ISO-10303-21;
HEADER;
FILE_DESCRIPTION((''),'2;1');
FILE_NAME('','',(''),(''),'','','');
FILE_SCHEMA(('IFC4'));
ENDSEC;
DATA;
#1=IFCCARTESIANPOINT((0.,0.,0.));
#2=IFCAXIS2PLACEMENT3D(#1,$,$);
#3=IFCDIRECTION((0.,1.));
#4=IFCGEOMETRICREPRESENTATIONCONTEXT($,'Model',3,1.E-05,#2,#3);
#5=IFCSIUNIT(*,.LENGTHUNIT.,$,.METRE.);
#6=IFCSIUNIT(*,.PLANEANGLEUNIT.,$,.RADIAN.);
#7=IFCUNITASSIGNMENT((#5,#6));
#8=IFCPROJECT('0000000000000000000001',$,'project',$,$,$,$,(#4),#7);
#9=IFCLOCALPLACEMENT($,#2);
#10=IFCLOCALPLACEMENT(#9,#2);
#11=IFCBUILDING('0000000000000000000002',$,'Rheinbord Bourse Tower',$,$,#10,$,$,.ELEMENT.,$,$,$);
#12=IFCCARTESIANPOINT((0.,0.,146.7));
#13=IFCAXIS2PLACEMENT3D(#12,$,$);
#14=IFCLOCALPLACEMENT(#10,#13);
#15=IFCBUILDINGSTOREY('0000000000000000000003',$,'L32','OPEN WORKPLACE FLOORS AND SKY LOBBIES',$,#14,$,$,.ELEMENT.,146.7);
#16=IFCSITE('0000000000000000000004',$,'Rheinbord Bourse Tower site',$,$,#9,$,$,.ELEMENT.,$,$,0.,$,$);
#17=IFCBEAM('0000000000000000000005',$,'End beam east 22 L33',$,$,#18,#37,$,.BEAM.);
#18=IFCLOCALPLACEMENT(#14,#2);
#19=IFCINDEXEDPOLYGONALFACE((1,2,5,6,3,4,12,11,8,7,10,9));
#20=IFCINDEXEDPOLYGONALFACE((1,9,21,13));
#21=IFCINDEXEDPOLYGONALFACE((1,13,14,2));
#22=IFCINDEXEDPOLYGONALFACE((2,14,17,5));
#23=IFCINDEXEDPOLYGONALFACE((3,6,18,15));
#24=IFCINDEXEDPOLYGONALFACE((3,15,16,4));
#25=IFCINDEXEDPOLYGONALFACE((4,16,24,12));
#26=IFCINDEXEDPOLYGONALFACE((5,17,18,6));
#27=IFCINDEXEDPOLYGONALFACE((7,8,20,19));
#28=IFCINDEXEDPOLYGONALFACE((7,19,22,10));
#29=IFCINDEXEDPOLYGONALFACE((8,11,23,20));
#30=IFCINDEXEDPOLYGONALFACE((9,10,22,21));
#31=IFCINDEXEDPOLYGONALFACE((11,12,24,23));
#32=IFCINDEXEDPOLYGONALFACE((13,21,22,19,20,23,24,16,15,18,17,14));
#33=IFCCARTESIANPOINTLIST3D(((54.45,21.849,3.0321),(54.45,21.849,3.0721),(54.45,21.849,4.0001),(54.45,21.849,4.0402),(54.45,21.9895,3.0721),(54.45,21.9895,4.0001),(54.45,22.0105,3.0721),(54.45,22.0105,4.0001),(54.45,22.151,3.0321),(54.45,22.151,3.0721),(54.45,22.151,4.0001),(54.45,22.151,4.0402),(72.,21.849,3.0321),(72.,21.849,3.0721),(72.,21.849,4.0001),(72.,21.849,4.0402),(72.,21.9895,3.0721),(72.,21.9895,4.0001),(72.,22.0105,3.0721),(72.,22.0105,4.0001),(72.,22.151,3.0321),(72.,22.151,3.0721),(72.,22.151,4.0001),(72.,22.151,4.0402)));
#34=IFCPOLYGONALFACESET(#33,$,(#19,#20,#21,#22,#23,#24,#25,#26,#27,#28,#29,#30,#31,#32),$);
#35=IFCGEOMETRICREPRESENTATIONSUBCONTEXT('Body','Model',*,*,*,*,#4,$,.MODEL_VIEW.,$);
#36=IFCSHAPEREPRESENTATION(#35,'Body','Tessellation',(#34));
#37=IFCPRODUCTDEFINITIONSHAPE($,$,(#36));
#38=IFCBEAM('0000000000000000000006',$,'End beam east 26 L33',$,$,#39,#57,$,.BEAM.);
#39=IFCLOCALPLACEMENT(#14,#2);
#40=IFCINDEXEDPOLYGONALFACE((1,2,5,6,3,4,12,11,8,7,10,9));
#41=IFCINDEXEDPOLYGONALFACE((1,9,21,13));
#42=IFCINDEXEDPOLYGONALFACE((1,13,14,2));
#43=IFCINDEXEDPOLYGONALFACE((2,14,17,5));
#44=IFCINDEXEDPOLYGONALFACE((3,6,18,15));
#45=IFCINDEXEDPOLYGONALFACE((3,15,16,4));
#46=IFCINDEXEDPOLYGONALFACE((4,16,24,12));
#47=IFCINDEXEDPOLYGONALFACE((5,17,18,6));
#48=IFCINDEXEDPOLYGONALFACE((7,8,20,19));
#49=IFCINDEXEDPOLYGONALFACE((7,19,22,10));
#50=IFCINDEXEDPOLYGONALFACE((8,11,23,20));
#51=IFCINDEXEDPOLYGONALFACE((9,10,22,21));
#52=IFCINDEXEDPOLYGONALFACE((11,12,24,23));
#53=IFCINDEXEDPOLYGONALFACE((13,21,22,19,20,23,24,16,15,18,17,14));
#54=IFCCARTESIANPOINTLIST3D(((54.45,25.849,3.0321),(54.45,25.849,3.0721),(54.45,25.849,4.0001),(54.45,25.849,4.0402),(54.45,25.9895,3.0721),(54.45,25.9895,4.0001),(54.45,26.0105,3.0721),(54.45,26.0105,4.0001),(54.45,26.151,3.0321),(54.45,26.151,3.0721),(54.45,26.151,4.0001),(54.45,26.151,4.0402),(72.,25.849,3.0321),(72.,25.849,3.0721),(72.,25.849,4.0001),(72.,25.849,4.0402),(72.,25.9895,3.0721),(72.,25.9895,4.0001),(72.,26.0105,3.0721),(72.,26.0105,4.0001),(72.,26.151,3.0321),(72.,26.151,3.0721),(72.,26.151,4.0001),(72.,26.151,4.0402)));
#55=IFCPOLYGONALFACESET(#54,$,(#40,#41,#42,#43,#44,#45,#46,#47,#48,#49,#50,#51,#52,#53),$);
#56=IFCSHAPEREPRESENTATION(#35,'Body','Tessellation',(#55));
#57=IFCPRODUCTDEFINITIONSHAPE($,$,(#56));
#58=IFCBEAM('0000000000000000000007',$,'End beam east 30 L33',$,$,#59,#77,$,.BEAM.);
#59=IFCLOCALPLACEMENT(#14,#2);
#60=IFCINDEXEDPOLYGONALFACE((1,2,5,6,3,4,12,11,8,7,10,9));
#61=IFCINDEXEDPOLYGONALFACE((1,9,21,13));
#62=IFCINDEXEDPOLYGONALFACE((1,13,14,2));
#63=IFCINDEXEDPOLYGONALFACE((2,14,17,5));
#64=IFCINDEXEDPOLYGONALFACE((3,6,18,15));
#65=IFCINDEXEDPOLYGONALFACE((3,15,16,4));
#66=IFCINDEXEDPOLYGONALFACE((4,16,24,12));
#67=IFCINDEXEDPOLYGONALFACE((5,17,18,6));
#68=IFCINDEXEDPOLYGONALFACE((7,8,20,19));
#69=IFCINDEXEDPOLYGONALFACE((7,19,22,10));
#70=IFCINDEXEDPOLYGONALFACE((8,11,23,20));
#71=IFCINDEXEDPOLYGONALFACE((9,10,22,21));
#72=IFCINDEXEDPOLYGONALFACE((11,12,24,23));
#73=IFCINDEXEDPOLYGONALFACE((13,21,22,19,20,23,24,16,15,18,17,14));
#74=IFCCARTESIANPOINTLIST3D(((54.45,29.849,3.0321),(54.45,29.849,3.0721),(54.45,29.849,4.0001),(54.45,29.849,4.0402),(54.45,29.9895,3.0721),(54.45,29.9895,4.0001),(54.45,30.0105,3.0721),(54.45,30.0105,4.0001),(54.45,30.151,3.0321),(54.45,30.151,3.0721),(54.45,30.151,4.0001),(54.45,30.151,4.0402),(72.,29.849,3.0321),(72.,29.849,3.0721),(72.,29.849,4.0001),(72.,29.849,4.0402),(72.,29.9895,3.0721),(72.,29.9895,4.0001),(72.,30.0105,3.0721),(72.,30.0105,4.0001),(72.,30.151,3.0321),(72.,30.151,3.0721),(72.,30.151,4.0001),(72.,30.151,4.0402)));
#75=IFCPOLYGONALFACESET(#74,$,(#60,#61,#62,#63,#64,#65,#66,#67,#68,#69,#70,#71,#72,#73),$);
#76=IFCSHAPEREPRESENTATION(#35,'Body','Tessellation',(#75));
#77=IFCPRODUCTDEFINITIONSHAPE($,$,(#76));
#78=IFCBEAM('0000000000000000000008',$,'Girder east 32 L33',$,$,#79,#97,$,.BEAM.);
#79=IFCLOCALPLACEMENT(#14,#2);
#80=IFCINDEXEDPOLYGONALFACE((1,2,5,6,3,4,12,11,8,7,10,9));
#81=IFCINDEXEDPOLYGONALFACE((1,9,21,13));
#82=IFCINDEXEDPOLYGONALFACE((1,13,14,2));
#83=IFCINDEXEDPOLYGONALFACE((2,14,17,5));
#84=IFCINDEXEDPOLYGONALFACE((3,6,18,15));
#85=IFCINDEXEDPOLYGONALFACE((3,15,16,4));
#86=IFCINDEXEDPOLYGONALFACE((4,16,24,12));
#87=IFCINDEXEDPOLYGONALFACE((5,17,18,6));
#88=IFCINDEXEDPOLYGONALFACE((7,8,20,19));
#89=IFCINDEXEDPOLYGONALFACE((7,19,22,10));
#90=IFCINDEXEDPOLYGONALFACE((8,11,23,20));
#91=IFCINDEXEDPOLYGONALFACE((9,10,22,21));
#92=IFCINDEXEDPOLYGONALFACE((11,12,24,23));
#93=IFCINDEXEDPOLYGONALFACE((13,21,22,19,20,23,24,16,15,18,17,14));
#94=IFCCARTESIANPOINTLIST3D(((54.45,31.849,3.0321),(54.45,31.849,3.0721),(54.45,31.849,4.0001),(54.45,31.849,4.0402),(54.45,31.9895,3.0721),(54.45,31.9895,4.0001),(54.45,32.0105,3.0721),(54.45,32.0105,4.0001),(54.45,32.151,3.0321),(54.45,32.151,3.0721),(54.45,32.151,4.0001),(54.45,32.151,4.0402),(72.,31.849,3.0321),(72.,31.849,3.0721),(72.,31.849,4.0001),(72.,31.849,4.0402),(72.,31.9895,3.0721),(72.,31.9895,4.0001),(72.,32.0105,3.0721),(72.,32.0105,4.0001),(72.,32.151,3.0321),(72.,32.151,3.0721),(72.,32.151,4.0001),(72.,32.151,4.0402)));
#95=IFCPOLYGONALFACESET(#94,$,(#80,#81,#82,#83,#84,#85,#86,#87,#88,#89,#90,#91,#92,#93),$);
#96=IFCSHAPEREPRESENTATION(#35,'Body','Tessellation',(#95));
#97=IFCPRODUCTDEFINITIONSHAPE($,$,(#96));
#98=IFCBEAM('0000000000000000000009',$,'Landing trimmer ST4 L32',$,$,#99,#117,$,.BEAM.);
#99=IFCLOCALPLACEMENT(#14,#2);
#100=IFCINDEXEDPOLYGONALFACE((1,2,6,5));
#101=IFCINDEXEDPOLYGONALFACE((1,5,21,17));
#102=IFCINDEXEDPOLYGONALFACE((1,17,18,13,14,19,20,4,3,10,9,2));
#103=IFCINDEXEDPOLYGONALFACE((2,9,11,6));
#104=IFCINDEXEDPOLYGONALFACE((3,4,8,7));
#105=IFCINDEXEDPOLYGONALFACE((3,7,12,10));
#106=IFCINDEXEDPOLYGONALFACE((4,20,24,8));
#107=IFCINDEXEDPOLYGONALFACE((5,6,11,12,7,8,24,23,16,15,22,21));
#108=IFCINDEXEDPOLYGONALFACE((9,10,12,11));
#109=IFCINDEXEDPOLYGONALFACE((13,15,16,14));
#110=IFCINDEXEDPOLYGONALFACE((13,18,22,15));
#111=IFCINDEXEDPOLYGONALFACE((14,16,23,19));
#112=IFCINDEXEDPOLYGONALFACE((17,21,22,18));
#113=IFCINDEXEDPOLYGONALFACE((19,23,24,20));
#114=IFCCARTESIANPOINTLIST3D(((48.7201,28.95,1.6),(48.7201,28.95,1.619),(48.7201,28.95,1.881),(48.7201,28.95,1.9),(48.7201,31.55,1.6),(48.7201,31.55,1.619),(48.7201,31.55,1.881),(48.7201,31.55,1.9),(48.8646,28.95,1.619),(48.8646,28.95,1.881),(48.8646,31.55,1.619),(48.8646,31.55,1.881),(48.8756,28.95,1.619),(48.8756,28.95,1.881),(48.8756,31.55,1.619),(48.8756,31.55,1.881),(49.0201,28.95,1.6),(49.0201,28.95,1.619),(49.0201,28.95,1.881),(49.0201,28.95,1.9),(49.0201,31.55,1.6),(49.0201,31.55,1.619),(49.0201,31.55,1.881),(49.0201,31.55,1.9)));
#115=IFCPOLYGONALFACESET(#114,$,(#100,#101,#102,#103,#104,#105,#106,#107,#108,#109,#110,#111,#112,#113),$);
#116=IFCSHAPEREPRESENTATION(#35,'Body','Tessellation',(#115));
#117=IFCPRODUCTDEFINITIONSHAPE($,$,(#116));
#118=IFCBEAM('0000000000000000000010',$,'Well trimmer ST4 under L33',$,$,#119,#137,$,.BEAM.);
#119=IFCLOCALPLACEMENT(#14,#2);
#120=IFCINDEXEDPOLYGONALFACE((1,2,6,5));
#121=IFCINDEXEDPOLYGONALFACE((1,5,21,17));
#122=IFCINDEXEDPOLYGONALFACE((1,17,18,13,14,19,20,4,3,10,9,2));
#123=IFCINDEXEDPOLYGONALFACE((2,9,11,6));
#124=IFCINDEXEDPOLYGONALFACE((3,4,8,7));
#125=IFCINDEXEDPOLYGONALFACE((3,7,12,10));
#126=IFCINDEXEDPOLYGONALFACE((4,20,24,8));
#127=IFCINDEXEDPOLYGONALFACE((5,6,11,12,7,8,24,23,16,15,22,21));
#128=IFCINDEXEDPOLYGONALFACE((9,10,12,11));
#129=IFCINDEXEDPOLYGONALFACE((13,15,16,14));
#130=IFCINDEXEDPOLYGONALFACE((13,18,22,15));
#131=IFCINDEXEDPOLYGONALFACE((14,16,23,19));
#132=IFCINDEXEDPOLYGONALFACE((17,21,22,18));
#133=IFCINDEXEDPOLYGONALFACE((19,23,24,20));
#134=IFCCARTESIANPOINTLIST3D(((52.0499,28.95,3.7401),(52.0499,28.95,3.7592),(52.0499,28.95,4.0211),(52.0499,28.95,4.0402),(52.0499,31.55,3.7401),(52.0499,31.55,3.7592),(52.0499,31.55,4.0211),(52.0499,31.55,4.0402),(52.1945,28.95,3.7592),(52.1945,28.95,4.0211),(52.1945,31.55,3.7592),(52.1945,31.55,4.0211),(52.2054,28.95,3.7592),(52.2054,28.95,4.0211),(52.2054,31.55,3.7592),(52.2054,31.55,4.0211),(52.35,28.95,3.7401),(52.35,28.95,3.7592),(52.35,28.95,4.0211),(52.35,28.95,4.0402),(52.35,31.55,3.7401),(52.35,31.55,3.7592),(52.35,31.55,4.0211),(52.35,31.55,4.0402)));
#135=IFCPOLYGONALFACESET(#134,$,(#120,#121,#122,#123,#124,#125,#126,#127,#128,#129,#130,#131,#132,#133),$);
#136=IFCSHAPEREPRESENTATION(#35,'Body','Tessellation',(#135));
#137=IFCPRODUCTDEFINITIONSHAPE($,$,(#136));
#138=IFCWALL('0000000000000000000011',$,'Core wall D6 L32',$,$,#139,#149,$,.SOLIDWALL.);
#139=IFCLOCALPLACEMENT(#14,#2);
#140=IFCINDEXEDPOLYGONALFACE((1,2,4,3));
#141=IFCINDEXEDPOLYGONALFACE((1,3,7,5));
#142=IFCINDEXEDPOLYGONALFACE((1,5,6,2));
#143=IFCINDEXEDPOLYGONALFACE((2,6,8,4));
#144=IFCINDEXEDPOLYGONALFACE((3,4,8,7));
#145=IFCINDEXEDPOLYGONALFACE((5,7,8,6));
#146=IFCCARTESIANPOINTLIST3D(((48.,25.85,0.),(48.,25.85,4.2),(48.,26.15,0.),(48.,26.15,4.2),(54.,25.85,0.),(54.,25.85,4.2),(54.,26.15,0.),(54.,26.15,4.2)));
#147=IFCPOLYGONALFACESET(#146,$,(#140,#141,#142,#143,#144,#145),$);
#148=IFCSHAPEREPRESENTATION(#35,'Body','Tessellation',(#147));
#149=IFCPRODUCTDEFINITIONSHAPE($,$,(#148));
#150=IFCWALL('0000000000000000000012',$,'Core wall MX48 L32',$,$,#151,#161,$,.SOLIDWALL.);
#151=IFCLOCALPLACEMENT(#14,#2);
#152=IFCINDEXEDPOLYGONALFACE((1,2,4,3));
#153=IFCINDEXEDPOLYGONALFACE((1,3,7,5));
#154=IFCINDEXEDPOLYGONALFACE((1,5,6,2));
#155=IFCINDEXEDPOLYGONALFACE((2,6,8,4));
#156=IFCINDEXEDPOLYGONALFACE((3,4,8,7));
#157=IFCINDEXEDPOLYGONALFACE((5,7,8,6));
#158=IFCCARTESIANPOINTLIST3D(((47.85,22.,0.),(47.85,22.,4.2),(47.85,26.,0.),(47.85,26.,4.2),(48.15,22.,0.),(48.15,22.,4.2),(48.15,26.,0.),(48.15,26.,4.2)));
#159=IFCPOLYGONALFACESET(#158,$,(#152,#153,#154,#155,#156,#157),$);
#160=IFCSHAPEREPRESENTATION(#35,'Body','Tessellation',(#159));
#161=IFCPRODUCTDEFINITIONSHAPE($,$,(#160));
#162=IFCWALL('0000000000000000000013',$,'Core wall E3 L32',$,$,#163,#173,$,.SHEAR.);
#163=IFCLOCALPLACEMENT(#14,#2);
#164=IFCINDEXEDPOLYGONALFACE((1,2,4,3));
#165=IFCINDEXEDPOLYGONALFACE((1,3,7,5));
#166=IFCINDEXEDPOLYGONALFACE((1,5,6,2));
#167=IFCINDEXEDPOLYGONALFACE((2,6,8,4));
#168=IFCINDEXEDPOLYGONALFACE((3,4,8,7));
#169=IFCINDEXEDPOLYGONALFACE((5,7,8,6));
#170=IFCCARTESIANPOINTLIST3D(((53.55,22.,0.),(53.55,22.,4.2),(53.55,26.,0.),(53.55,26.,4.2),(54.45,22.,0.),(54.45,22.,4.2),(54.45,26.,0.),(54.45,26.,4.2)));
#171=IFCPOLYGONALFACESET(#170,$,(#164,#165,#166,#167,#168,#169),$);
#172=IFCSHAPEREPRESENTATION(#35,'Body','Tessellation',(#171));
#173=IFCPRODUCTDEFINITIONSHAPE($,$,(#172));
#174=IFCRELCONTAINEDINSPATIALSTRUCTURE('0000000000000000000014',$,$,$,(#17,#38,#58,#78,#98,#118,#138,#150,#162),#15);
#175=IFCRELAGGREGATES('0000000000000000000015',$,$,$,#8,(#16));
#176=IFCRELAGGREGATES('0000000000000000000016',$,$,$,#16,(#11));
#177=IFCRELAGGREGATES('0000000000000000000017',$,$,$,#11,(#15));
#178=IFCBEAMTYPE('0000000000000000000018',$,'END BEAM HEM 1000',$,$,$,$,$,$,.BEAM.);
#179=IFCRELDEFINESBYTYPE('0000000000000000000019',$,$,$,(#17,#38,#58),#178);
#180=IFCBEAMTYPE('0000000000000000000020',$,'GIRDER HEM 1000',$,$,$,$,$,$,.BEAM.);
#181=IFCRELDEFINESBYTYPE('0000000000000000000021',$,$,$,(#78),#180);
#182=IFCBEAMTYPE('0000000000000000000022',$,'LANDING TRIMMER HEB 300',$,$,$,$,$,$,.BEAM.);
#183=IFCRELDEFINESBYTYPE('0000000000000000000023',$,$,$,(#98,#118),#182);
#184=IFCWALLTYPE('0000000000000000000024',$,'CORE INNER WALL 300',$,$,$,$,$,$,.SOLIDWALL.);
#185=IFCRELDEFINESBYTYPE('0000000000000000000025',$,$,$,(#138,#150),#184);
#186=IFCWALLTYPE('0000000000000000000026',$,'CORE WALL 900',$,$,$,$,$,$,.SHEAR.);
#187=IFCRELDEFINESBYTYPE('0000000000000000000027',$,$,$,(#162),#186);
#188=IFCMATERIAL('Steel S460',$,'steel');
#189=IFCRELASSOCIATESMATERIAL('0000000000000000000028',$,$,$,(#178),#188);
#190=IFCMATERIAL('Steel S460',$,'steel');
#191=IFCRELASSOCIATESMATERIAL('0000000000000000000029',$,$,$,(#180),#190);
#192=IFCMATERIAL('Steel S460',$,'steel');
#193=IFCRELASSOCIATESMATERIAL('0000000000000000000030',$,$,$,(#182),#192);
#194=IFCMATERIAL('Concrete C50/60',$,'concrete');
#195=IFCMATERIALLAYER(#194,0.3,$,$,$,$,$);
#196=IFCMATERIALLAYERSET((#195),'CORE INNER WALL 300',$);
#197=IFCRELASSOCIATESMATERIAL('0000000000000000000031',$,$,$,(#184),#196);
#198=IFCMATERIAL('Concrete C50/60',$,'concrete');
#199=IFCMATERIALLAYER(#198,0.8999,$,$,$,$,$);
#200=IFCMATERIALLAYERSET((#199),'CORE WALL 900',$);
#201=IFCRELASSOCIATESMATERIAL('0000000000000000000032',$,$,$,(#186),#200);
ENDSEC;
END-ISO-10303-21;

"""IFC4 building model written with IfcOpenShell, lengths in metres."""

from ifc_helpers import new_model, si_unit, direction, frame, frame_2d, origin, origin_2d, place, context, subcontext, project, spatial, rectangle, i_section, extrude, material, layer, layer_set, material_profile, profile_set, type_object, element, save


model = new_model("IFC4")

# Units and contexts
model_context = context("Model", 3, precision=1e-05, world=origin(), true_north=direction((0.0, 1.0)))
body_context = subcontext(model_context, "Body", "Model", "MODEL_VIEW")
ifc_project = project(units=[si_unit("LENGTHUNIT", "METRE"), si_unit("PLANEANGLEUNIT", "RADIAN")], contexts=[model_context])

# Site, building, storey
site_placement = place(None, origin())
site = spatial("IfcSite", under=ifc_project, at=site_placement, Name="Rheinbord Bourse Tower site", CompositionType="ELEMENT", RefElevation=0.0)
building_placement = place(site_placement, origin())
building = spatial("IfcBuilding", under=site, at=building_placement, Name="Rheinbord Bourse Tower", CompositionType="ELEMENT")
storey_placement = place(building_placement, frame((0.0, 0.0, 146.7)))
storey = spatial("IfcBuildingStorey", under=building, at=storey_placement, Name="L32", Description="OPEN WORKPLACE FLOORS AND SKY LOBBIES", CompositionType="ELEMENT", Elevation=146.7)

# Beams
ifc_material_1 = material(Name="Steel S460", Category="steel")
ifc_material_profile_1 = material_profile(ifc_material_1, i_section(OverallWidth=0.302, OverallDepth=1.0081, WebThickness=0.021, FlangeThickness=0.04, at=origin_2d()), Name="HEM 1000")
ifc_profile_set_1 = profile_set([ifc_material_profile_1], Name="Steel S460")
beam_type_1 = type_object("IfcBeamType", Name="END BEAM HEM 1000", PredefinedType="BEAM", material=ifc_profile_set_1)
for number, where, z_axis, x_axis, name in (
    (1, (54.45, 22.0, 3.5361), (1.0, 0.0, 0.0), (0.0, 1.0, 0.0), "End beam east 22 L33"),
    (2, (54.45, 26.0, 3.5361), (1.0, 0.0, 0.0), (0.0, 1.0, 0.0), "End beam east 26 L33"),
    (3, (54.45, 30.0, 3.5361), (1.0, 0.0, 0.0), (0.0, 1.0, 0.0), "End beam east 30 L33"),
):
    element("IfcBeam", number, at=place(storey_placement, frame(where, z_axis=z_axis, x_axis=x_axis)), inside=storey, type_object=beam_type_1, Name=name, PredefinedType="BEAM", context=body_context, shape_type="SweptSolid", body=[
        extrude(i_section(OverallWidth=0.302, OverallDepth=1.0081, WebThickness=0.021, FlangeThickness=0.04, at=origin_2d()), origin(), (0.0, 0.0, 1.0), 17.55),
    ])
ifc_material_2 = material(Name="Steel S460", Category="steel")
ifc_material_profile_2 = material_profile(ifc_material_2, i_section(OverallWidth=0.302, OverallDepth=1.0081, WebThickness=0.021, FlangeThickness=0.04, at=origin_2d()), Name="HEM 1000")
ifc_profile_set_2 = profile_set([ifc_material_profile_2], Name="Steel S460")
beam_type_2 = type_object("IfcBeamType", Name="GIRDER HEM 1000", PredefinedType="BEAM", material=ifc_profile_set_2)
beam_placement = place(storey_placement, frame((54.45, 32.0, 3.5361), z_axis=(1.0, 0.0, 0.0), x_axis=(0.0, 1.0, 0.0)))
element("IfcBeam", 4, at=beam_placement, inside=storey, type_object=beam_type_2, Name="Girder east 32 L33", PredefinedType="BEAM", context=body_context, shape_type="SweptSolid", body=[
    extrude(i_section(OverallWidth=0.302, OverallDepth=1.0081, WebThickness=0.021, FlangeThickness=0.04, at=origin_2d()), origin(), (0.0, 0.0, 1.0), 17.55),
])
ifc_material_3 = material(Name="Steel S460", Category="steel")
ifc_material_profile_3 = material_profile(ifc_material_3, i_section(OverallWidth=0.3, OverallDepth=0.3, WebThickness=0.011, FlangeThickness=0.019, at=origin_2d()), Name="HEB 300")
ifc_profile_set_3 = profile_set([ifc_material_profile_3], Name="Steel S460")
beam_type_3 = type_object("IfcBeamType", Name="LANDING TRIMMER HEB 300", PredefinedType="BEAM", material=ifc_profile_set_3)
for number, where, z_axis, x_axis, name in (
    (5, (48.8701, 28.95, 1.75), (0.0, 1.0, 0.0), (-1.0, 0.0, 0.0), "Landing trimmer ST4 L32"),
    (6, (52.2, 28.95, 3.8901), (0.0, 1.0, 0.0), (-1.0, 0.0, 0.0), "Well trimmer ST4 under L33"),
):
    element("IfcBeam", number, at=place(storey_placement, frame(where, z_axis=z_axis, x_axis=x_axis)), inside=storey, type_object=beam_type_3, Name=name, PredefinedType="BEAM", context=body_context, shape_type="SweptSolid", body=[
        extrude(i_section(OverallWidth=0.3, OverallDepth=0.3, WebThickness=0.011, FlangeThickness=0.019, at=origin_2d()), origin(), (0.0, 0.0, 1.0), 2.6001),
    ])

# Walls
ifc_material_4 = material(Name="Concrete C50/60", Category="concrete")
ifc_layer_1 = layer(ifc_material_4, 0.3)
ifc_layer_set_1 = layer_set([ifc_layer_1], Name="CORE INNER WALL 300")
wall_type_1 = type_object("IfcWallType", Name="CORE INNER WALL 300", PredefinedType="SOLIDWALL", material=ifc_layer_set_1)
wall_1_placement = place(storey_placement, frame((48.0, 26.0, 0.0), z_axis=(0.0, 0.0, 1.0), x_axis=(1.0, 0.0, 0.0)))
element("IfcWall", 7, at=wall_1_placement, inside=storey, type_object=wall_type_1, Name="Core wall D6 L32", PredefinedType="SOLIDWALL", context=body_context, shape_type="SweptSolid", body=[
    extrude(rectangle(XDim=6.0, YDim=0.3, at=frame_2d((3.0, 0.0))), origin(), (0.0, 0.0, 1.0), 4.2),
])
wall_2_placement = place(storey_placement, frame((48.0, 22.0, 0.0), z_axis=(0.0, 0.0, 1.0), x_axis=(0.0, 1.0, 0.0)))
element("IfcWall", 8, at=wall_2_placement, inside=storey, type_object=wall_type_1, Name="Core wall MX48 L32", PredefinedType="SOLIDWALL", context=body_context, shape_type="SweptSolid", body=[
    extrude(rectangle(XDim=4.0, YDim=0.3, at=frame_2d((2.0, 0.0))), origin(), (0.0, 0.0, 1.0), 4.2),
])
ifc_material_5 = material(Name="Concrete C50/60", Category="concrete")
ifc_layer_2 = layer(ifc_material_5, 0.8999)
ifc_layer_set_2 = layer_set([ifc_layer_2], Name="CORE WALL 900")
wall_type_2 = type_object("IfcWallType", Name="CORE WALL 900", PredefinedType="SHEAR", material=ifc_layer_set_2)
wall_3_placement = place(storey_placement, frame((54.0, 22.0, 0.0), z_axis=(0.0, 0.0, 1.0), x_axis=(0.0, 1.0, 0.0)))
element("IfcWall", 9, at=wall_3_placement, inside=storey, type_object=wall_type_2, Name="Core wall E3 L32", PredefinedType="SHEAR", context=body_context, shape_type="SweptSolid", body=[
    extrude(rectangle(XDim=4.0, YDim=0.8999, at=frame_2d((2.0, 0.0))), origin(), (0.0, 0.0, 1.0), 4.2),
])

save(model, "model.ifc")
